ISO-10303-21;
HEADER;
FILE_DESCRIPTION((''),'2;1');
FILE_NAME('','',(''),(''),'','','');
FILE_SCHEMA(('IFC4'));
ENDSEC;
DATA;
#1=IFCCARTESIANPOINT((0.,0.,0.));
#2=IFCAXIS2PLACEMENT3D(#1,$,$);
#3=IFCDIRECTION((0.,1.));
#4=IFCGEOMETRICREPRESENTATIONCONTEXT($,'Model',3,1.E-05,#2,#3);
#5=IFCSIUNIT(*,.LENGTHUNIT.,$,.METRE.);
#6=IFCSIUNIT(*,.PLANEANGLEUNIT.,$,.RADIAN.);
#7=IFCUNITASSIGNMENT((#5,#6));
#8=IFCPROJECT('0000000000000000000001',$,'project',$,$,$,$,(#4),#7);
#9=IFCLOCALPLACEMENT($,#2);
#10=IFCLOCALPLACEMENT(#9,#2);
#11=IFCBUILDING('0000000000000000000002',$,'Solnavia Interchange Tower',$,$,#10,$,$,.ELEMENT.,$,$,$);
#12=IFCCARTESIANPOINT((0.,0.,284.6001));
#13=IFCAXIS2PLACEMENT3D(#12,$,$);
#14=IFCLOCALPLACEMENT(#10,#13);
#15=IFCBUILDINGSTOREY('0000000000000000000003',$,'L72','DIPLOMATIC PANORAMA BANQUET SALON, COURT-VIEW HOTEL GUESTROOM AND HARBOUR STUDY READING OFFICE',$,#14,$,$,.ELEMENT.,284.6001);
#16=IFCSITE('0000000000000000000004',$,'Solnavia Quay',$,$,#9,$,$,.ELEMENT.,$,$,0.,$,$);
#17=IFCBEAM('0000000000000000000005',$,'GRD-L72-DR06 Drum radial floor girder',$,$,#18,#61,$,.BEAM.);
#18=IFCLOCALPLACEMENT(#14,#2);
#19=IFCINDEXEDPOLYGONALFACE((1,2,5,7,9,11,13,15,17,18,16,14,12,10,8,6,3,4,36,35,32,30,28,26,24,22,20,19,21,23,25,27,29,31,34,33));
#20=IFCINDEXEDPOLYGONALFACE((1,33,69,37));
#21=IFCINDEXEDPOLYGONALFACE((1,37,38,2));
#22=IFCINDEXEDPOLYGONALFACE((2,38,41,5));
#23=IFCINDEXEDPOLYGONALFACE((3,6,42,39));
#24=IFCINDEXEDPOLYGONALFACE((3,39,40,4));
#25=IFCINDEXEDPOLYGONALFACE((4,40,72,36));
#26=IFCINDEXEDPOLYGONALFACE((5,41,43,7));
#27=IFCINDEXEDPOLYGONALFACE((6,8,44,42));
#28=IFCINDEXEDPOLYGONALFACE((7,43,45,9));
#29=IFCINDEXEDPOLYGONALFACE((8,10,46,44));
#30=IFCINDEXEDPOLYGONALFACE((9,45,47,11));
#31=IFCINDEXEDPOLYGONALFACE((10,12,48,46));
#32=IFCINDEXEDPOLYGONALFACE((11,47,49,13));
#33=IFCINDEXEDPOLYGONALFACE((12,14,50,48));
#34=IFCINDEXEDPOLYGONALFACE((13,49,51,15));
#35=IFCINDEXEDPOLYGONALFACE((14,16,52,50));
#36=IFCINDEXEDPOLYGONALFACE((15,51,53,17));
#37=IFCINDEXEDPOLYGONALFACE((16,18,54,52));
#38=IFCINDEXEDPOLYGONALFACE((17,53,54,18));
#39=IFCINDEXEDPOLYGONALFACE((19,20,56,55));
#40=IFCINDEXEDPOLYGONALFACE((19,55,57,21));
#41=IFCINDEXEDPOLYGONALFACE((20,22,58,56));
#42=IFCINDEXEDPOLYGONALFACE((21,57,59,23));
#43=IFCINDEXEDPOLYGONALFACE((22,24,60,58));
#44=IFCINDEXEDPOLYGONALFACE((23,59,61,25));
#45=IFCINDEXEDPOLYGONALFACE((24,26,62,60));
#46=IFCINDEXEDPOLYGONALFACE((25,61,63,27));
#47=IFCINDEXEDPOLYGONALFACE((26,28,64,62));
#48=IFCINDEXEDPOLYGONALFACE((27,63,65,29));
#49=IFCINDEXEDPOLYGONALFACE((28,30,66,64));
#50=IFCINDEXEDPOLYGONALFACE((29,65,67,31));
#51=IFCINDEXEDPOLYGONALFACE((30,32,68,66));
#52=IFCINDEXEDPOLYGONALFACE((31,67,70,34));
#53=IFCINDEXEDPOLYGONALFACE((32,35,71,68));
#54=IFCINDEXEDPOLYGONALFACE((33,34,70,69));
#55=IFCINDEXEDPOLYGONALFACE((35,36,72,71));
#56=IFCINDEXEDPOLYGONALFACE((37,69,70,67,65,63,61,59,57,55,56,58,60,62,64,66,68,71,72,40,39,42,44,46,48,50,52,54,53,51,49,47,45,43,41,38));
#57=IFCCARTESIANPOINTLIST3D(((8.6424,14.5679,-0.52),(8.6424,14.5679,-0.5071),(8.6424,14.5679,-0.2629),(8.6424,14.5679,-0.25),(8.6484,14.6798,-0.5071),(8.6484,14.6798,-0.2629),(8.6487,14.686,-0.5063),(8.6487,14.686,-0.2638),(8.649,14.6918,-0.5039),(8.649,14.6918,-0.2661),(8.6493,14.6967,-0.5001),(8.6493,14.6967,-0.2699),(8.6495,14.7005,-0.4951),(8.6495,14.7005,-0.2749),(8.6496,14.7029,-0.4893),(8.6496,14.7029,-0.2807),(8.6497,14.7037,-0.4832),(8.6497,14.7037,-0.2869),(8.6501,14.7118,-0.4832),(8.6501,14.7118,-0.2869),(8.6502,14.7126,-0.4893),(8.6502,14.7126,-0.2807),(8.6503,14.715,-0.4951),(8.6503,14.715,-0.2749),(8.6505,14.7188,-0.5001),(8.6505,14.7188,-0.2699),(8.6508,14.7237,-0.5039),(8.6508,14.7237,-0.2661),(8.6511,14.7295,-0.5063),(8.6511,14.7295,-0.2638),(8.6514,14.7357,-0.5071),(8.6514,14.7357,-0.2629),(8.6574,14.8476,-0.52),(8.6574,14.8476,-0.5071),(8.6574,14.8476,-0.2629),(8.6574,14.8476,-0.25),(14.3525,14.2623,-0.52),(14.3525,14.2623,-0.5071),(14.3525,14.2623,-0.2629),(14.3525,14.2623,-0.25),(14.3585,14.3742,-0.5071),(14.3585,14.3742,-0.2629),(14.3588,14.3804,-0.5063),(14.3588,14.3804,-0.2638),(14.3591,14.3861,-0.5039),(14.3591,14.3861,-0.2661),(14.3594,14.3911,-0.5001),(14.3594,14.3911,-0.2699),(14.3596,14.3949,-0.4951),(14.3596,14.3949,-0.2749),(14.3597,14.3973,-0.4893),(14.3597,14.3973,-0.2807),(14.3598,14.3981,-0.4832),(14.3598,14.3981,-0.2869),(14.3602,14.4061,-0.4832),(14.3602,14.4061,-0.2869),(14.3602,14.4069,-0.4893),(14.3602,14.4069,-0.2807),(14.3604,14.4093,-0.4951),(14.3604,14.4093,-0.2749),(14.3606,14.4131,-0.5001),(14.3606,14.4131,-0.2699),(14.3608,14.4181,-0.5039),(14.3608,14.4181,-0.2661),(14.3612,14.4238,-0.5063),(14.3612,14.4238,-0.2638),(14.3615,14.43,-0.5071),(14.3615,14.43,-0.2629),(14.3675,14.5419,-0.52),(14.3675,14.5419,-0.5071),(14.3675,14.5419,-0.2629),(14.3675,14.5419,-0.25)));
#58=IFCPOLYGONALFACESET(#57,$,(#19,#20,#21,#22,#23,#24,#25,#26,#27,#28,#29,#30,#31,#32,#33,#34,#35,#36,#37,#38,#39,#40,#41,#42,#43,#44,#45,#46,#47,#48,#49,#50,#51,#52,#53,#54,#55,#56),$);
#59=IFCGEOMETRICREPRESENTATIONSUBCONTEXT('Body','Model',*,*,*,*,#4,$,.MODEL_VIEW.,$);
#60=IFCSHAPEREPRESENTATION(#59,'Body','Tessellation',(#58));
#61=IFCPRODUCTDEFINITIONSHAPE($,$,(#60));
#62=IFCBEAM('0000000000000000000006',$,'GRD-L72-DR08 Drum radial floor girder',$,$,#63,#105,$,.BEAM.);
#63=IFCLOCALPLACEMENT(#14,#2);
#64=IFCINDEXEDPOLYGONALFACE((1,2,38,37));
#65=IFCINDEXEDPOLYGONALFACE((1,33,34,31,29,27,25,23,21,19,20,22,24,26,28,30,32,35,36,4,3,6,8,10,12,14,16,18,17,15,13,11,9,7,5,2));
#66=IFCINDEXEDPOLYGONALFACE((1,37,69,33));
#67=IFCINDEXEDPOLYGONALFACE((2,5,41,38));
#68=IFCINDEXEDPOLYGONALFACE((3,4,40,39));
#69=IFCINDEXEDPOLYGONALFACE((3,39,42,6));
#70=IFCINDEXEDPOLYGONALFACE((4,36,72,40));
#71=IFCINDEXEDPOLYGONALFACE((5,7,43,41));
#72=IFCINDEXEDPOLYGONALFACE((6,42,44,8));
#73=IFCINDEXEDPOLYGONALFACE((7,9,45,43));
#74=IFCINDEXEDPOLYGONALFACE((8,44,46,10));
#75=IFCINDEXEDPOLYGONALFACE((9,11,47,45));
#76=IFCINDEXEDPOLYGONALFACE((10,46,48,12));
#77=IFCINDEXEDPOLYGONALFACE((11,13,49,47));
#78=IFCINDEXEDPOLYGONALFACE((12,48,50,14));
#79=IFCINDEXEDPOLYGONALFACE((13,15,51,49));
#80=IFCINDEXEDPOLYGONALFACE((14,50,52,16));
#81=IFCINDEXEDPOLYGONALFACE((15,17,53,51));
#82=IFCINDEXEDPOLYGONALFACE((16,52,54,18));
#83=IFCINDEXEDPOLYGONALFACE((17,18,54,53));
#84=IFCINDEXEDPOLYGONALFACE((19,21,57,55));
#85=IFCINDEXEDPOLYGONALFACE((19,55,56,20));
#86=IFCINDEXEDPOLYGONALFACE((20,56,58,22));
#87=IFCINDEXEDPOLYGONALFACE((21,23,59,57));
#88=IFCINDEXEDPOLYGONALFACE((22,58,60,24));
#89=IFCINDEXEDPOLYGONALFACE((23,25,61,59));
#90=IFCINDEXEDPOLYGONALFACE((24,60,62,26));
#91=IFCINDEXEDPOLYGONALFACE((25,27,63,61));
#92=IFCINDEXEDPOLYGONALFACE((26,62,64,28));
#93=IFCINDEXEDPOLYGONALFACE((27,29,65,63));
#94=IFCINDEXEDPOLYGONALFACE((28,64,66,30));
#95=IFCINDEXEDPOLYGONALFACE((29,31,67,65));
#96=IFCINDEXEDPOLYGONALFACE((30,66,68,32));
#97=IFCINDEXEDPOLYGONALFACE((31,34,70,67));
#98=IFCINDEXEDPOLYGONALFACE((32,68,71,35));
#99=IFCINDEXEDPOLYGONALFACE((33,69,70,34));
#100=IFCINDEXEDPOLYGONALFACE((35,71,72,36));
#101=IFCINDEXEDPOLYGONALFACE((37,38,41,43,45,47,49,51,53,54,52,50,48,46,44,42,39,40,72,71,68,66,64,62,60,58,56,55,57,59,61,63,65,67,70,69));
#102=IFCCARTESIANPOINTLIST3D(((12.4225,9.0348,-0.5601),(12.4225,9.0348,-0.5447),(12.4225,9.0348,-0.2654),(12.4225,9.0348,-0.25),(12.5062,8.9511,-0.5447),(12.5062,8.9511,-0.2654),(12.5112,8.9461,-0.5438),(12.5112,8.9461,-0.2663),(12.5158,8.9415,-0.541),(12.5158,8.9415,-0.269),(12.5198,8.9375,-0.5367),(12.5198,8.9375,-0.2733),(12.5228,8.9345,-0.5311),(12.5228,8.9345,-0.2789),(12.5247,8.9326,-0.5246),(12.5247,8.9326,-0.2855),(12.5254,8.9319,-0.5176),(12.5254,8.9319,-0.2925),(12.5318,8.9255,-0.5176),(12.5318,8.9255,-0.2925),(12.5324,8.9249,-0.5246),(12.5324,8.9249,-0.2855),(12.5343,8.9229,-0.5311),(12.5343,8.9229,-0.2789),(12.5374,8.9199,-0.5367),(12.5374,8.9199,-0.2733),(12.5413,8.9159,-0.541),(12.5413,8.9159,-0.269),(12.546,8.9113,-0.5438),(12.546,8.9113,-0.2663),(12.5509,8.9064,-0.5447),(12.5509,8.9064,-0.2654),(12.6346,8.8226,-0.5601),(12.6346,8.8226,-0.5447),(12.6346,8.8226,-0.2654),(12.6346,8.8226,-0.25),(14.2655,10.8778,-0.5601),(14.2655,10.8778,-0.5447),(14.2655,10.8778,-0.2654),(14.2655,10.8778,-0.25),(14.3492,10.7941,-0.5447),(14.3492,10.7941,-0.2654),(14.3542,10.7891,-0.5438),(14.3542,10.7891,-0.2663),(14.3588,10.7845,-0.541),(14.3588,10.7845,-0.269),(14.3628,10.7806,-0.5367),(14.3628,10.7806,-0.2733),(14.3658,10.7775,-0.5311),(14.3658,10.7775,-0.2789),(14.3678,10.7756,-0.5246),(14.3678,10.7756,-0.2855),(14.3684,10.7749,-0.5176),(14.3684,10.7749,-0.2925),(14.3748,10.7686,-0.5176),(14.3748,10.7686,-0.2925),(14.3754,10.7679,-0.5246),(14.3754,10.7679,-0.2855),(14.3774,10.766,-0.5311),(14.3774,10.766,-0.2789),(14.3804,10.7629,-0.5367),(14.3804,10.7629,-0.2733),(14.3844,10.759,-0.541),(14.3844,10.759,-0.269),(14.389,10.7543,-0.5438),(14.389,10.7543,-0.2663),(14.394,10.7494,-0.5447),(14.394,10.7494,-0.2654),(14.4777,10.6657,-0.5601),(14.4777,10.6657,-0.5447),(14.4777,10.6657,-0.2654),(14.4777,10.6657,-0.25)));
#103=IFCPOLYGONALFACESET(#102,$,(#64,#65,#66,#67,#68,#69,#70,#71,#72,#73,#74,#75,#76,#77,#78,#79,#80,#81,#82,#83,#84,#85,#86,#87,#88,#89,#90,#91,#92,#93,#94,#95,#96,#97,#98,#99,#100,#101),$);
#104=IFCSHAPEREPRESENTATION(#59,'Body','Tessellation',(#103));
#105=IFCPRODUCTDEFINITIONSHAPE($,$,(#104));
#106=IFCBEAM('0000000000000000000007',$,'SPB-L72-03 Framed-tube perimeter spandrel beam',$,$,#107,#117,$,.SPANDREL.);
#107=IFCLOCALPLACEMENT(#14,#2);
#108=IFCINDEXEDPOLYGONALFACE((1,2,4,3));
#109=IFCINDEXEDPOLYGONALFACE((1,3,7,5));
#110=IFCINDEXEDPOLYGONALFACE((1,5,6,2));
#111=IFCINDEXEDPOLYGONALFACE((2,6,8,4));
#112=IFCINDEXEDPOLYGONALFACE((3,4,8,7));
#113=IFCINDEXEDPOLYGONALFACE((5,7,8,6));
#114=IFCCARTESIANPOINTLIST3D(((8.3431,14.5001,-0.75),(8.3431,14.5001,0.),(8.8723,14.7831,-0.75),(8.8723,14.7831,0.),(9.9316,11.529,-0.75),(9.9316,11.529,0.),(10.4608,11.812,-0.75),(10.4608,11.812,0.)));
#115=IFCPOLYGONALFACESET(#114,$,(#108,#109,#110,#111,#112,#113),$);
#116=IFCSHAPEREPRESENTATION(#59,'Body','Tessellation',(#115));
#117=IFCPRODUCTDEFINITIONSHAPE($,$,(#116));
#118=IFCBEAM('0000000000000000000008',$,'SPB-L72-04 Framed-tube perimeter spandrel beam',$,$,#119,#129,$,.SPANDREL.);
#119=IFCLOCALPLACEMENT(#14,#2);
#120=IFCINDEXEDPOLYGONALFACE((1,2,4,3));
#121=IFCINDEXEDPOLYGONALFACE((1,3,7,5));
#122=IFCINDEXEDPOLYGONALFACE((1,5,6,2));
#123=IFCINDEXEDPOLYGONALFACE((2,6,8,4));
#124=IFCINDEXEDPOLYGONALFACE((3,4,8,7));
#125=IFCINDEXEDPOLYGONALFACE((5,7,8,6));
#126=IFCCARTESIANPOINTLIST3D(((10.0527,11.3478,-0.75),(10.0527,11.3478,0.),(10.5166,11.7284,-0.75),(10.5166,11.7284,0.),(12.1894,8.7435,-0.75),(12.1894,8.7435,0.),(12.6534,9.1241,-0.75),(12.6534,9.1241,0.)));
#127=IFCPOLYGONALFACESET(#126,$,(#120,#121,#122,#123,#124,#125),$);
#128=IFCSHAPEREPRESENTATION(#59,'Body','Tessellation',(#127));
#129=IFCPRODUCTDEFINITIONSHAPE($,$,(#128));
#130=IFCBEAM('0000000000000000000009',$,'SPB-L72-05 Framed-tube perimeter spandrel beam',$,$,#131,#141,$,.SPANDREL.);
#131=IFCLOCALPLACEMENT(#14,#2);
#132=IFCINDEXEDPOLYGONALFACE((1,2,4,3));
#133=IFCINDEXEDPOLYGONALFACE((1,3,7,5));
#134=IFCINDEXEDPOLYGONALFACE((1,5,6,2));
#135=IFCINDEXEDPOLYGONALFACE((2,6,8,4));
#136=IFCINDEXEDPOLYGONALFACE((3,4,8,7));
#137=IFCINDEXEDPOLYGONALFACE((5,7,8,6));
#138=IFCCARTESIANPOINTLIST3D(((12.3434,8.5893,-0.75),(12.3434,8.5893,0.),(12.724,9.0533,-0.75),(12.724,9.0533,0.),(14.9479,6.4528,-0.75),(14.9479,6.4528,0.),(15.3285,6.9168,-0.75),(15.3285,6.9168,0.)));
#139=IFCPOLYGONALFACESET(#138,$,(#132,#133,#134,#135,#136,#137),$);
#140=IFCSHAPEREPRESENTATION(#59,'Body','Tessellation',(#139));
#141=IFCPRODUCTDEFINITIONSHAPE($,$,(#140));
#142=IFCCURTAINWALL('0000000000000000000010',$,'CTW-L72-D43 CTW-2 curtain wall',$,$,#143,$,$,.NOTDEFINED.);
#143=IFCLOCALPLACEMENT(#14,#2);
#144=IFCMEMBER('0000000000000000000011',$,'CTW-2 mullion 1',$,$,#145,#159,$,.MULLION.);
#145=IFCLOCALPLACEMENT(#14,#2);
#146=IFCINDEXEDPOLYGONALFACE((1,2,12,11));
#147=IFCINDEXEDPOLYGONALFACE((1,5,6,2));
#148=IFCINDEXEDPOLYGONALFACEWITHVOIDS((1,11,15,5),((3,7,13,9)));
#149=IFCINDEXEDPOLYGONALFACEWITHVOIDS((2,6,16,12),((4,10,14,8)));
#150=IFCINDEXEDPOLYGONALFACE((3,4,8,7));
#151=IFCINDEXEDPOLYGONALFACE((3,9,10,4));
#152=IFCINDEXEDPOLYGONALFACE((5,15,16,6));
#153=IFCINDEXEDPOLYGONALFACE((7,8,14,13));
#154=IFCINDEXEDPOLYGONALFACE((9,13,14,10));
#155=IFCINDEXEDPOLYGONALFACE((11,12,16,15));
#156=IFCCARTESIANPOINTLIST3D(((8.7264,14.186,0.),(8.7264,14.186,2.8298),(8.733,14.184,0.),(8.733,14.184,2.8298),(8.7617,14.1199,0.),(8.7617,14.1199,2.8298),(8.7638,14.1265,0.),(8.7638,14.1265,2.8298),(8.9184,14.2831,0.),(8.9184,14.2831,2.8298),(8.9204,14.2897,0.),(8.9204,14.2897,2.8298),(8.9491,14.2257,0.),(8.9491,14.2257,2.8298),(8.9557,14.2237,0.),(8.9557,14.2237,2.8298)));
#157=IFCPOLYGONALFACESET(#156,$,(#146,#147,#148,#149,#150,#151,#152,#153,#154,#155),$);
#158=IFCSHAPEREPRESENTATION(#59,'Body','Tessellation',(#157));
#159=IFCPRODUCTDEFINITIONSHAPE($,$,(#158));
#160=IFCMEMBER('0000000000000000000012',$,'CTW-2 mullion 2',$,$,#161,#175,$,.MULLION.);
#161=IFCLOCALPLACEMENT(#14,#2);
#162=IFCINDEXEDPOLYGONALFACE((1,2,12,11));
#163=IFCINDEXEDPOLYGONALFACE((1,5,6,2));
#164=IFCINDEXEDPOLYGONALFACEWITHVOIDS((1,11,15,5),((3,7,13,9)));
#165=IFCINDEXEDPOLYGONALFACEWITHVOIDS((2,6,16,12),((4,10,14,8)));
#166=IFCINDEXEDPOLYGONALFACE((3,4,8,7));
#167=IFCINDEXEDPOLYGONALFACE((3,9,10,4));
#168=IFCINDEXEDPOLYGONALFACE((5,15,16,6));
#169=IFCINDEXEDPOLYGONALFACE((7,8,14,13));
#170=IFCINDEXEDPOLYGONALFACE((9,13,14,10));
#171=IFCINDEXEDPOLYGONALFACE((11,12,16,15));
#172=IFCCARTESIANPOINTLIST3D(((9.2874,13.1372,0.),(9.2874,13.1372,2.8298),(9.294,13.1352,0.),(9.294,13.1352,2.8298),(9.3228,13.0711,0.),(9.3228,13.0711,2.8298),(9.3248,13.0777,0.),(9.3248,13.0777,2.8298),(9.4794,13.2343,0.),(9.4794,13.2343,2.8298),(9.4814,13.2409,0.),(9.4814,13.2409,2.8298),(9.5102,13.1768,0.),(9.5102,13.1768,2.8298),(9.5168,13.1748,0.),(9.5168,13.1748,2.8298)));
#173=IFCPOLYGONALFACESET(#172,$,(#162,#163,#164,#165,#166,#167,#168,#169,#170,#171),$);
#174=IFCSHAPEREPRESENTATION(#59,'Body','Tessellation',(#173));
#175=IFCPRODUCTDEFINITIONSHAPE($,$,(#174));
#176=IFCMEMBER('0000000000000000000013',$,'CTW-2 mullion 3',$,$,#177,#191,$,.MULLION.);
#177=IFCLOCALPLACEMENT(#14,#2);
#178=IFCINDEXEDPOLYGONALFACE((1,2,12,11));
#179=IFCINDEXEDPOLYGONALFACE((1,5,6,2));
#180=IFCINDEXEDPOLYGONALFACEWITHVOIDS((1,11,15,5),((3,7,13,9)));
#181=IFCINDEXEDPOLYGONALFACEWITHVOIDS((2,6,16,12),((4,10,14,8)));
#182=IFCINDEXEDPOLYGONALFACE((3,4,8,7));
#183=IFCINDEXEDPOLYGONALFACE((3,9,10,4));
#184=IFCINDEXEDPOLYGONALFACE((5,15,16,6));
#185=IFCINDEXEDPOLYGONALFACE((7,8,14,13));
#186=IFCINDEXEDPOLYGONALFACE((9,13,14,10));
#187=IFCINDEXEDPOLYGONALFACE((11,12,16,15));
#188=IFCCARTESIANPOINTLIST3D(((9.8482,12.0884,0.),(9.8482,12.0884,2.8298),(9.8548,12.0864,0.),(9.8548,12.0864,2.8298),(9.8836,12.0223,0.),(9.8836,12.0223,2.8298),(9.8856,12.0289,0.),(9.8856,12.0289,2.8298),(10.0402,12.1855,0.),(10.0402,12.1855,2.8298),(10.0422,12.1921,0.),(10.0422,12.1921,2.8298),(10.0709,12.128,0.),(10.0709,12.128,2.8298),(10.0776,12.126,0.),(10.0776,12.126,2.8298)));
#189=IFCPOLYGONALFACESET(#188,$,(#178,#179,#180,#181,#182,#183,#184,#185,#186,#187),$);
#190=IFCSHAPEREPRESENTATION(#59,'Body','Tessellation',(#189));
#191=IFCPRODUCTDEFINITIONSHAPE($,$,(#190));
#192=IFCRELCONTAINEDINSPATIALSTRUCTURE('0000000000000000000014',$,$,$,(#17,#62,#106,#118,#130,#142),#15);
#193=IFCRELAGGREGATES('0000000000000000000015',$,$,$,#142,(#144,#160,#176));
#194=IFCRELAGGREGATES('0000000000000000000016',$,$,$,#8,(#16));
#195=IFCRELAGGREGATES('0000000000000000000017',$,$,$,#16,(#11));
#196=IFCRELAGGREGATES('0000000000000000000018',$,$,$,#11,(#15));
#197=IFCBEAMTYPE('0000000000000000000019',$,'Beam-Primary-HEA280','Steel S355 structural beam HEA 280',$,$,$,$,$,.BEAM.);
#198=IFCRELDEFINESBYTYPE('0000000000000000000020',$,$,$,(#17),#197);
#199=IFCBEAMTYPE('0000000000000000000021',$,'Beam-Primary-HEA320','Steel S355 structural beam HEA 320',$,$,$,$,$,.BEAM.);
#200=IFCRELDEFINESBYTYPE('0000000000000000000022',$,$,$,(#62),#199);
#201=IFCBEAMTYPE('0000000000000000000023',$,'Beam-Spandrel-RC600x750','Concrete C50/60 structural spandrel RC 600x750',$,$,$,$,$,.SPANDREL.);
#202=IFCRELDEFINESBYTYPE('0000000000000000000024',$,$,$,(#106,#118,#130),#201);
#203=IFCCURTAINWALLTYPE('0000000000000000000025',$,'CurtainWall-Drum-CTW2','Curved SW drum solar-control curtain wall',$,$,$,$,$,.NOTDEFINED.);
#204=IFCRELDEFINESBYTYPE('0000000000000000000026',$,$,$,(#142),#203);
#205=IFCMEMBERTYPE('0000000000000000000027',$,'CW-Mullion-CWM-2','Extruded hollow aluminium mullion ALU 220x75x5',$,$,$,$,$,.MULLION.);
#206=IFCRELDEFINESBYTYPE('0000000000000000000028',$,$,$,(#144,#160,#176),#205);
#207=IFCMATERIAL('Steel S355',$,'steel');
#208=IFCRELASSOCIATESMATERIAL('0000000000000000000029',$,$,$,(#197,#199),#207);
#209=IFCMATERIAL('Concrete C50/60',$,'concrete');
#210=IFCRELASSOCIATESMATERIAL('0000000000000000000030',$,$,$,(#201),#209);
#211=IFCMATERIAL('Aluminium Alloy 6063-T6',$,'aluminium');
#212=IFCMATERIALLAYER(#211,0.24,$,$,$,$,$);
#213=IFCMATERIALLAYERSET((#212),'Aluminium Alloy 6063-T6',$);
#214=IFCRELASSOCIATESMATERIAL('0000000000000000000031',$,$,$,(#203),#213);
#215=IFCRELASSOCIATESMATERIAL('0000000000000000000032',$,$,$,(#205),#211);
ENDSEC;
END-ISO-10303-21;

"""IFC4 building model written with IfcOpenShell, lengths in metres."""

from ifc_helpers import new_model, si_unit, direction, frame, origin, origin_2d, place, context, subcontext, project, spatial, rectangle, hollow_rectangle, i_section, extrude, material, layer, layer_set, material_profile, profile_set, type_object, element, aggregate, save


model = new_model("IFC4")

# Units and contexts
model_context = context("Model", 3, precision=1e-05, world=origin(), true_north=direction((0.0, 1.0)))
body_context = subcontext(model_context, "Body", "Model", "MODEL_VIEW")
ifc_project = project(units=[si_unit("LENGTHUNIT", "METRE"), si_unit("PLANEANGLEUNIT", "RADIAN")], contexts=[model_context])

# Site, building, storey
site_placement = place(None, origin())
site = spatial("IfcSite", under=ifc_project, at=site_placement, Name="Solnavia Quay", CompositionType="ELEMENT", RefElevation=0.0)
building_placement = place(site_placement, origin())
building = spatial("IfcBuilding", under=site, at=building_placement, Name="Solnavia Interchange Tower", CompositionType="ELEMENT")
storey_placement = place(building_placement, frame((0.0, 0.0, 284.6001)))
storey = spatial("IfcBuildingStorey", under=building, at=storey_placement, Name="L72", Description="DIPLOMATIC PANORAMA BANQUET SALON, COURT-VIEW HOTEL GUESTROOM AND HARBOUR STUDY READING OFFICE", CompositionType="ELEMENT", Elevation=284.6001)

# Shared definitions
ifc_material_1 = material(Name="Concrete C50/60", Category="concrete")

# Beams
ifc_material_2 = material(Name="Steel S355", Category="steel")
ifc_material_profile_1 = material_profile(ifc_material_2, i_section(OverallWidth=0.28, OverallDepth=0.27, WebThickness=0.0081, FlangeThickness=0.0129, FilletRadius=0.0239, at=origin_2d()), Name="HEA 280")
ifc_profile_set_1 = profile_set([ifc_material_profile_1], Name="Steel S355")
beam_type_1 = type_object("IfcBeamType", Name="Beam-Primary-HEA280", Description="Steel S355 structural beam HEA 280", PredefinedType="BEAM", material=ifc_profile_set_1)
beam_1_placement = place(storey_placement, frame((8.6499, 14.7078, -0.385), z_axis=(0.99857, -0.053453, 0.0), x_axis=(0.053453, 0.99857, 0.0)))
element("IfcBeam", 1, at=beam_1_placement, inside=storey, type_object=beam_type_1, Name="GRD-L72-DR06 Drum radial floor girder", PredefinedType="BEAM", context=body_context, shape_type="SweptSolid", body=[
    extrude(i_section(OverallWidth=0.28, OverallDepth=0.27, WebThickness=0.0081, FlangeThickness=0.0129, FilletRadius=0.0239, at=origin_2d()), origin(), (0.0, 0.0, 1.0), 5.7183),
])
ifc_material_profile_2 = material_profile(ifc_material_2, i_section(OverallWidth=0.3, OverallDepth=0.3101, WebThickness=0.009, FlangeThickness=0.0154, FilletRadius=0.0271, at=origin_2d()), Name="HEA 320")
ifc_profile_set_2 = profile_set([ifc_material_profile_2], Name="Steel S355")
beam_type_2 = type_object("IfcBeamType", Name="Beam-Primary-HEA320", Description="Steel S355 structural beam HEA 320", PredefinedType="BEAM", material=ifc_profile_set_2)
beam_2_placement = place(storey_placement, frame((12.5286, 8.9287, -0.405), z_axis=(0.707107, 0.707107, 0.0), x_axis=(-0.707107, 0.707107, 0.0)))
element("IfcBeam", 2, at=beam_2_placement, inside=storey, type_object=beam_type_2, Name="GRD-L72-DR08 Drum radial floor girder", PredefinedType="BEAM", context=body_context, shape_type="SweptSolid", body=[
    extrude(i_section(OverallWidth=0.3, OverallDepth=0.3101, WebThickness=0.009, FlangeThickness=0.0154, FilletRadius=0.0271, at=origin_2d()), origin(), (0.0, 0.0, 1.0), 2.6064),
])
ifc_material_profile_3 = material_profile(ifc_material_1, rectangle(XDim=0.6001, YDim=0.75, at=origin_2d()), Name="RC 600x750")
ifc_profile_set_3 = profile_set([ifc_material_profile_3], Name="Concrete C50/60")
beam_type_3 = type_object("IfcBeamType", Name="Beam-Spandrel-RC600x750", Description="Concrete C50/60 structural spandrel RC 600x750", PredefinedType="SPANDREL", material=ifc_profile_set_3)
beam_3_placement = place(storey_placement, frame((8.6077, 14.6416, -0.375), z_axis=(0.471509, -0.881861, 0.0), x_axis=(0.881861, 0.471509, 0.0)))
element("IfcBeam", 3, at=beam_3_placement, inside=storey, type_object=beam_type_3, Name="SPB-L72-03 Framed-tube perimeter spandrel beam", PredefinedType="SPANDREL", context=body_context, shape_type="SweptSolid", body=[
    extrude(rectangle(XDim=0.6001, YDim=0.75, at=origin_2d()), origin(), (0.0, 0.0, 1.0), 3.3691),
])
for number, where, z_axis, x_axis, name in (
    (4, (10.2847, 11.5381, -0.375), (0.634299, -0.773088, 0.0), (0.773088, 0.634299, 0.0), "SPB-L72-04 Framed-tube perimeter spandrel beam"),
    (5, (12.5337, 8.8213, -0.375), (0.773153, -0.63422, 0.0), (0.63422, 0.773153, 0.0), "SPB-L72-05 Framed-tube perimeter spandrel beam"),
):
    element("IfcBeam", number, at=place(storey_placement, frame(where, z_axis=z_axis, x_axis=x_axis)), inside=storey, type_object=beam_type_3, Name=name, PredefinedType="SPANDREL", context=body_context, shape_type="SweptSolid", body=[
        extrude(rectangle(XDim=0.6001, YDim=0.75, at=origin_2d()), origin(), (0.0, 0.0, 1.0), 3.3687),
    ])

# Curtain wall, members
ifc_material_3 = material(Name="Aluminium Alloy 6063-T6", Category="aluminium")
ifc_layer_1 = layer(ifc_material_3, 0.24)
ifc_layer_set_1 = layer_set([ifc_layer_1], Name="Aluminium Alloy 6063-T6")
curtain_wall_type = type_object("IfcCurtainWallType", Name="CurtainWall-Drum-CTW2", Description="Curved SW drum solar-control curtain wall", PredefinedType="NOTDEFINED", material=ifc_layer_set_1)
curtain_wall_1_placement = place(storey_placement, origin())
curtain_wall_1 = element("IfcCurtainWall", 6, at=curtain_wall_1_placement, inside=storey, type_object=curtain_wall_type, Name="CTW-L72-D43 CTW-2 curtain wall", PredefinedType="NOTDEFINED")
ifc_material_profile_4 = material_profile(ifc_material_3, hollow_rectangle(XDim=0.075, YDim=0.22, WallThickness=0.0049, at=origin_2d()), Name="ALU 220x75x5")
ifc_profile_set_4 = profile_set([ifc_material_profile_4], Name="Aluminium Alloy 6063-T6")
member_type_1 = type_object("IfcMemberType", Name="CW-Mullion-CWM-2", Description="Extruded hollow aluminium mullion ALU 220x75x5", PredefinedType="MULLION", material=ifc_profile_set_4)
member_1_placement = place(storey_placement, frame((8.8411, 14.2048, 0.0), z_axis=(0.0, 0.0, 1.0), x_axis=(0.471561, -0.881834, 0.0)))
member_1 = element("IfcMember", 7, at=member_1_placement, type_object=member_type_1, Name="CTW-2 mullion 1", PredefinedType="MULLION", context=body_context, shape_type="SweptSolid", body=[
    extrude(hollow_rectangle(XDim=0.075, YDim=0.22, WallThickness=0.0049, at=origin_2d()), origin(), (0.0, 0.0, 1.0), 2.8298),
])
member_2_placement = place(storey_placement, frame((9.4021, 13.156, 0.0), z_axis=(0.0, 0.0, 1.0), x_axis=(0.471561, -0.881834, 0.0)))
member_2 = element("IfcMember", 8, at=member_2_placement, type_object=member_type_1, Name="CTW-2 mullion 2", PredefinedType="MULLION", context=body_context, shape_type="SweptSolid", body=[
    extrude(hollow_rectangle(XDim=0.075, YDim=0.22, WallThickness=0.0049, at=origin_2d()), origin(), (0.0, 0.0, 1.0), 2.8298),
])
member_3_placement = place(storey_placement, frame((9.9629, 12.1072, 0.0), z_axis=(0.0, 0.0, 1.0), x_axis=(0.471561, -0.881834, 0.0)))
member_3 = element("IfcMember", 9, at=member_3_placement, type_object=member_type_1, Name="CTW-2 mullion 3", PredefinedType="MULLION", context=body_context, shape_type="SweptSolid", body=[
    extrude(hollow_rectangle(XDim=0.075, YDim=0.22, WallThickness=0.0049, at=origin_2d()), origin(), (0.0, 0.0, 1.0), 2.8298),
])

aggregate(curtain_wall_1, [member_1, member_2, member_3])

save(model, "model.ifc")
